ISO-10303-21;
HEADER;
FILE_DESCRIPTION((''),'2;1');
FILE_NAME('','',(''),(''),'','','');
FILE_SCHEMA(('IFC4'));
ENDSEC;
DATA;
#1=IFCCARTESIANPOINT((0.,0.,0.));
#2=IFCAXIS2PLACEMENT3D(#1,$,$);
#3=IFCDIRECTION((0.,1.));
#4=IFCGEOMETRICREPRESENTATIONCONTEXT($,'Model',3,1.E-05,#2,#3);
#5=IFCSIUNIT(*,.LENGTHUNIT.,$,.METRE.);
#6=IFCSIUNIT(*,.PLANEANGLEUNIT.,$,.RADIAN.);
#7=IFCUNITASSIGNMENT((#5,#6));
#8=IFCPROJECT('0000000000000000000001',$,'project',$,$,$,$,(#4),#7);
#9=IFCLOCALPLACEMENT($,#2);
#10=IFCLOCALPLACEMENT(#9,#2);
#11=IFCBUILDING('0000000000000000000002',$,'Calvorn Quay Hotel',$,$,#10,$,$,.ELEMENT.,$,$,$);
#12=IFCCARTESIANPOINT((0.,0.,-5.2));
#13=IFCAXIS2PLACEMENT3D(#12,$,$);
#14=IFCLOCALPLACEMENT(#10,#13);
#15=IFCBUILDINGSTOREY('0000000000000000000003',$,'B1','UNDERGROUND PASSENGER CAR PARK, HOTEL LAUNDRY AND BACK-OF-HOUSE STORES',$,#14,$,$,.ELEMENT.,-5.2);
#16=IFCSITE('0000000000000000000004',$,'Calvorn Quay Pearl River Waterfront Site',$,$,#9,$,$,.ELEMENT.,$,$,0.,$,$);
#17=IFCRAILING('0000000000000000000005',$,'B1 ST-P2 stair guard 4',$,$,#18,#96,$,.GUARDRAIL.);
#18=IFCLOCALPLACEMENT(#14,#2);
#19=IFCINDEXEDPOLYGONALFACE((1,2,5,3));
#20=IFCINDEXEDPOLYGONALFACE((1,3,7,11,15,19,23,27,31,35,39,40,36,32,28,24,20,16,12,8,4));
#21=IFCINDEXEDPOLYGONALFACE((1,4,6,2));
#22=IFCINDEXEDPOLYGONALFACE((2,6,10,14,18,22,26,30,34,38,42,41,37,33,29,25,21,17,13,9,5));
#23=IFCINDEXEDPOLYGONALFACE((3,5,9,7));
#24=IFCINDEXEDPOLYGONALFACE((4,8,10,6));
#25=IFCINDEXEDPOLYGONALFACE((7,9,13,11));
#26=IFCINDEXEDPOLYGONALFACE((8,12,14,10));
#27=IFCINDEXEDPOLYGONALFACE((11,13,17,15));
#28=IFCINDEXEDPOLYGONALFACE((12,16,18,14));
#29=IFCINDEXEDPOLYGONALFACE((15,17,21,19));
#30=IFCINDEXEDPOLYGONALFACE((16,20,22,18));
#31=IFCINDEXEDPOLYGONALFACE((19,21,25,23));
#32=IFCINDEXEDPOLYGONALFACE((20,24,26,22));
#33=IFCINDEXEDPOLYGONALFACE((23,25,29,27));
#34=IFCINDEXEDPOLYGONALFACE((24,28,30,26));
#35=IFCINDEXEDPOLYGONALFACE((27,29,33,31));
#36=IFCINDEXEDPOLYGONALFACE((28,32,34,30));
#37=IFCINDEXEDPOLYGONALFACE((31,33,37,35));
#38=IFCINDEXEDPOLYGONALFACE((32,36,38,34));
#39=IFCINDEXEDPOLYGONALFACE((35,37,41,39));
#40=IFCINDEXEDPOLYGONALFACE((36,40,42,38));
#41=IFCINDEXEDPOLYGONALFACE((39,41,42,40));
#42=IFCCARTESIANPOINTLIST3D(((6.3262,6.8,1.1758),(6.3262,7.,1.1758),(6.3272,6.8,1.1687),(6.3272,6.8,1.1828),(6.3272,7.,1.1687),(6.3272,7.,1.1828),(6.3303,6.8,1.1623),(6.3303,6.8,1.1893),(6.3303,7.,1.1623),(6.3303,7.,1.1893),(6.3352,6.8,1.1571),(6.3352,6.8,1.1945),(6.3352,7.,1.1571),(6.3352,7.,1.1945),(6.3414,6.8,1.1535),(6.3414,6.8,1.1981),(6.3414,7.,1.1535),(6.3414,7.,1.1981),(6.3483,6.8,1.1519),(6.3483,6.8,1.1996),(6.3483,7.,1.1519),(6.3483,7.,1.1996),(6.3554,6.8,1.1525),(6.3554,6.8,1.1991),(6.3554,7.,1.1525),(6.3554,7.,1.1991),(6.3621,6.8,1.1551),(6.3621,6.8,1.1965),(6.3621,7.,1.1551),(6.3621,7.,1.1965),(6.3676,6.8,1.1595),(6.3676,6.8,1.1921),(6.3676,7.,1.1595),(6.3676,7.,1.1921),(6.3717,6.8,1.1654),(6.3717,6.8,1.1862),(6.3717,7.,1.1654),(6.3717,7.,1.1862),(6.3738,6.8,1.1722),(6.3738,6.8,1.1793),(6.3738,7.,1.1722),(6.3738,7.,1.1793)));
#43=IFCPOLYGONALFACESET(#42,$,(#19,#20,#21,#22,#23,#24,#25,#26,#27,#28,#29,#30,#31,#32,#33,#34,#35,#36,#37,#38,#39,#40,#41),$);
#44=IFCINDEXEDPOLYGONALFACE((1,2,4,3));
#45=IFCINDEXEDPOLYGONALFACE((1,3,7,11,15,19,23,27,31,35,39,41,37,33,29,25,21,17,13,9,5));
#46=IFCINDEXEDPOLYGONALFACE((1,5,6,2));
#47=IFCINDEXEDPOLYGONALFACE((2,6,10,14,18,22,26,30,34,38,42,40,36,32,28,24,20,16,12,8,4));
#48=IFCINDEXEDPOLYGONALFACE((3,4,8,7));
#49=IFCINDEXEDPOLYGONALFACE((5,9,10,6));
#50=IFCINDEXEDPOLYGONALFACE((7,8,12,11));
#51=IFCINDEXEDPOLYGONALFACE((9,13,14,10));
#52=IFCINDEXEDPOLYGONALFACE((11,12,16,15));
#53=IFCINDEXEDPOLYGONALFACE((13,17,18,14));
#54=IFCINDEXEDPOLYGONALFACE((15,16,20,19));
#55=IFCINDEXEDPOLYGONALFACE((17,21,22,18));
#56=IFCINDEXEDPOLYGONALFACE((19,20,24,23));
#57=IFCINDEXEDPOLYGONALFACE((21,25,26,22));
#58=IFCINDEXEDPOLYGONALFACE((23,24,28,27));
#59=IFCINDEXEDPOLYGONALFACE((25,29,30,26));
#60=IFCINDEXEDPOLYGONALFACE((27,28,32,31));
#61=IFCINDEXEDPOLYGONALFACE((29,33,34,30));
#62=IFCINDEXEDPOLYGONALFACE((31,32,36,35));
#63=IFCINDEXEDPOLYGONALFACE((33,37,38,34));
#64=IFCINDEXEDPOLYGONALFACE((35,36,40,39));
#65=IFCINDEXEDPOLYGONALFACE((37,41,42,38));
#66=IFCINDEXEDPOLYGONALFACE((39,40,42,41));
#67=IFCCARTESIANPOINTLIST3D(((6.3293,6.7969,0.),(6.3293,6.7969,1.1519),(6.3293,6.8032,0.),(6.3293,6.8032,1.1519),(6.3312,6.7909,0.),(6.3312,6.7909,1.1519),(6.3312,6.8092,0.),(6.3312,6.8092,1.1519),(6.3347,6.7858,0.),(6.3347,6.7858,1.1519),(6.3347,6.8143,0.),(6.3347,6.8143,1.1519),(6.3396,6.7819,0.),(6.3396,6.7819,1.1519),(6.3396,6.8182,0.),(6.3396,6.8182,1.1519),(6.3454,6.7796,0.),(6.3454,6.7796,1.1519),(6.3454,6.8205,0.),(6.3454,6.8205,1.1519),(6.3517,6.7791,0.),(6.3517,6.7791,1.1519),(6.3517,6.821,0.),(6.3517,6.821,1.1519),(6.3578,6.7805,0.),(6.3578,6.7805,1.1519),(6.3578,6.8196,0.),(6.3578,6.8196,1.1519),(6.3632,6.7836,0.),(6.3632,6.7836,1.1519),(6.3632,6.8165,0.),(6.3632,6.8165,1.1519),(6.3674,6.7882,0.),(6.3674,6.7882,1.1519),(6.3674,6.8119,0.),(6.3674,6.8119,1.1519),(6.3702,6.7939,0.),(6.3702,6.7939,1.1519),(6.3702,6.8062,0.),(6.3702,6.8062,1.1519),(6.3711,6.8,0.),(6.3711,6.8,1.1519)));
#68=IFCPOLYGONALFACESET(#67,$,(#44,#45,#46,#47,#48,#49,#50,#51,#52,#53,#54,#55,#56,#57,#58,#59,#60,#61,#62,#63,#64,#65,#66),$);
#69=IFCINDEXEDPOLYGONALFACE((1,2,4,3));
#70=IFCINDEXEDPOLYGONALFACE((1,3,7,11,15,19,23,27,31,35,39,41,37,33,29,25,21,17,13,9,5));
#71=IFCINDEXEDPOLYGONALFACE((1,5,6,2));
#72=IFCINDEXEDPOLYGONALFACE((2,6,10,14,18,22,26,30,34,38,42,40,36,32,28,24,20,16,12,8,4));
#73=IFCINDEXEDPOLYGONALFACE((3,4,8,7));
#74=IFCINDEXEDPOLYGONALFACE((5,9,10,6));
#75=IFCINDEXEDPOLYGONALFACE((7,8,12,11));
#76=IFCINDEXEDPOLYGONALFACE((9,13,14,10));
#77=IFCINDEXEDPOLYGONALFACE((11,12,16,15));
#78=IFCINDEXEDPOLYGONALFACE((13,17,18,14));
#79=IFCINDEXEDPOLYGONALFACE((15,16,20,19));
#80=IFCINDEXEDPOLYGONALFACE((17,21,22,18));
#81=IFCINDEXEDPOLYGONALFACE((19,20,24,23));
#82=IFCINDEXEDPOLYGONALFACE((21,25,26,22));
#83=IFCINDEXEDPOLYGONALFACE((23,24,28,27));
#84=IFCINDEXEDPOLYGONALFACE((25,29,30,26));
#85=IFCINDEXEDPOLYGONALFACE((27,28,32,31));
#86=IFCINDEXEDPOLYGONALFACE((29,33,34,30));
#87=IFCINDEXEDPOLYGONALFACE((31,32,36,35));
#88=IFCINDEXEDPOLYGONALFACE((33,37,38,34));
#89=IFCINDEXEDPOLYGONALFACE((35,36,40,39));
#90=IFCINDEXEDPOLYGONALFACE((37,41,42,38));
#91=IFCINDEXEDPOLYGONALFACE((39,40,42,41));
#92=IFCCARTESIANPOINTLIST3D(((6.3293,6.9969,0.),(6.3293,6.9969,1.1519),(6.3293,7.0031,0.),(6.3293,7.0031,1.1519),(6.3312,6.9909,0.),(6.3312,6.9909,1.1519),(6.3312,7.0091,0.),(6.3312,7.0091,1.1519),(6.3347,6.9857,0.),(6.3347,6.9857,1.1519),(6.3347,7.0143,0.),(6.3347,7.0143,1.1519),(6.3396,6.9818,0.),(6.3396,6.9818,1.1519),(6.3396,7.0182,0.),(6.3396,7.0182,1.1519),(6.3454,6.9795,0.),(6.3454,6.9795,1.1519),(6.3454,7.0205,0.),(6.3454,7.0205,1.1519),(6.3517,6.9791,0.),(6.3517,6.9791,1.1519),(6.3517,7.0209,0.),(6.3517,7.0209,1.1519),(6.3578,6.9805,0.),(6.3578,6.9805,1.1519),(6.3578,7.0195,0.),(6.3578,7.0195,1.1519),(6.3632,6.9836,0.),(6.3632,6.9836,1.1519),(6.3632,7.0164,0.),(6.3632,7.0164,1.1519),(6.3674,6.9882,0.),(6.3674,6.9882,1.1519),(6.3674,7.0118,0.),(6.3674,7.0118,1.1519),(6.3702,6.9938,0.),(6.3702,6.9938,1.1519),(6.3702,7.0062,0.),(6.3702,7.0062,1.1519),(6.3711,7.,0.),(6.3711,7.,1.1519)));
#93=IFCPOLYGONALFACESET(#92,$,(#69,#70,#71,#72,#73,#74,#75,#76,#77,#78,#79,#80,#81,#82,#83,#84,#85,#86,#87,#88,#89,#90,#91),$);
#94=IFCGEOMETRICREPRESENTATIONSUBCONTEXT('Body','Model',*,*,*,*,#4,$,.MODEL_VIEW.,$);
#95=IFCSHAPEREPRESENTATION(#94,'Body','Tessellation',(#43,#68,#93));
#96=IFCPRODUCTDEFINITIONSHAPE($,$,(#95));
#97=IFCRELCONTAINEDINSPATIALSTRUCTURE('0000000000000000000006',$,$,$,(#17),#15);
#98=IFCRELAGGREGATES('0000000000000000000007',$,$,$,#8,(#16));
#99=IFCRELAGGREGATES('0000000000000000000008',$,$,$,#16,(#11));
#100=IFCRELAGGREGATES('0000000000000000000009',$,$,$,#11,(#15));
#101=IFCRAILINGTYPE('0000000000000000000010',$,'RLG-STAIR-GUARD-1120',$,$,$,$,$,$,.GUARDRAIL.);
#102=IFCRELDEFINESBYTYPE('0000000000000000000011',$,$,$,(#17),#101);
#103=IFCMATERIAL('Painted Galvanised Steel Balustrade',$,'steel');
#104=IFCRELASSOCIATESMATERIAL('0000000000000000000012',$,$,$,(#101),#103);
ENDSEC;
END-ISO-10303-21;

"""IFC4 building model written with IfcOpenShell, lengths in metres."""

from ifc_helpers import new_model, si_unit, direction, frame, origin, origin_2d, place, context, subcontext, project, spatial, circle, extrude, material, type_object, element, save


model = new_model("IFC4")

# Units and contexts
model_context = context("Model", 3, precision=1e-05, world=origin(), true_north=direction((0.0, 1.0)))
body_context = subcontext(model_context, "Body", "Model", "MODEL_VIEW")
ifc_project = project(units=[si_unit("LENGTHUNIT", "METRE"), si_unit("PLANEANGLEUNIT", "RADIAN")], contexts=[model_context])

# Site, building, storey
site_placement = place(None, origin())
site = spatial("IfcSite", under=ifc_project, at=site_placement, Name="Calvorn Quay Pearl River Waterfront Site", CompositionType="ELEMENT", RefElevation=0.0)
building_placement = place(site_placement, origin())
building = spatial("IfcBuilding", under=site, at=building_placement, Name="Calvorn Quay Hotel", CompositionType="ELEMENT")
storey_placement = place(building_placement, frame((0.0, 0.0, -5.2)))
storey = spatial("IfcBuildingStorey", under=building, at=storey_placement, Name="B1", Description="UNDERGROUND PASSENGER CAR PARK, HOTEL LAUNDRY AND BACK-OF-HOUSE STORES", CompositionType="ELEMENT", Elevation=-5.2)

# Railing
ifc_material_1 = material(Name="Painted Galvanised Steel Balustrade", Category="steel")
railing_type_1 = type_object("IfcRailingType", Name="RLG-STAIR-GUARD-1120", PredefinedType="GUARDRAIL", material=ifc_material_1)
railing_1_placement = place(storey_placement, frame((6.3501, 6.8, 0.0)))
element("IfcRailing", 1, at=railing_1_placement, inside=storey, type_object=railing_type_1, Name="B1 ST-P2 stair guard 4", PredefinedType="GUARDRAIL", context=body_context, shape_type="SweptSolid", body=[
    extrude(circle(Radius=0.0239, at=origin_2d()), frame((0.0, 0.0, 1.1758), z_axis=(0.0, 1.0, 0.0), x_axis=(-1.0, 0.0, 0.0)), (0.0, 0.0, 1.0), 0.2),
    extrude(circle(Radius=0.021, at=origin_2d()), origin(), (0.0, 0.0, 1.0), 1.1519),
    extrude(circle(Radius=0.021, at=origin_2d()), frame((0.0, 0.2, 0.0)), (0.0, 0.0, 1.0), 1.1519),
])

save(model, "model.ifc")
